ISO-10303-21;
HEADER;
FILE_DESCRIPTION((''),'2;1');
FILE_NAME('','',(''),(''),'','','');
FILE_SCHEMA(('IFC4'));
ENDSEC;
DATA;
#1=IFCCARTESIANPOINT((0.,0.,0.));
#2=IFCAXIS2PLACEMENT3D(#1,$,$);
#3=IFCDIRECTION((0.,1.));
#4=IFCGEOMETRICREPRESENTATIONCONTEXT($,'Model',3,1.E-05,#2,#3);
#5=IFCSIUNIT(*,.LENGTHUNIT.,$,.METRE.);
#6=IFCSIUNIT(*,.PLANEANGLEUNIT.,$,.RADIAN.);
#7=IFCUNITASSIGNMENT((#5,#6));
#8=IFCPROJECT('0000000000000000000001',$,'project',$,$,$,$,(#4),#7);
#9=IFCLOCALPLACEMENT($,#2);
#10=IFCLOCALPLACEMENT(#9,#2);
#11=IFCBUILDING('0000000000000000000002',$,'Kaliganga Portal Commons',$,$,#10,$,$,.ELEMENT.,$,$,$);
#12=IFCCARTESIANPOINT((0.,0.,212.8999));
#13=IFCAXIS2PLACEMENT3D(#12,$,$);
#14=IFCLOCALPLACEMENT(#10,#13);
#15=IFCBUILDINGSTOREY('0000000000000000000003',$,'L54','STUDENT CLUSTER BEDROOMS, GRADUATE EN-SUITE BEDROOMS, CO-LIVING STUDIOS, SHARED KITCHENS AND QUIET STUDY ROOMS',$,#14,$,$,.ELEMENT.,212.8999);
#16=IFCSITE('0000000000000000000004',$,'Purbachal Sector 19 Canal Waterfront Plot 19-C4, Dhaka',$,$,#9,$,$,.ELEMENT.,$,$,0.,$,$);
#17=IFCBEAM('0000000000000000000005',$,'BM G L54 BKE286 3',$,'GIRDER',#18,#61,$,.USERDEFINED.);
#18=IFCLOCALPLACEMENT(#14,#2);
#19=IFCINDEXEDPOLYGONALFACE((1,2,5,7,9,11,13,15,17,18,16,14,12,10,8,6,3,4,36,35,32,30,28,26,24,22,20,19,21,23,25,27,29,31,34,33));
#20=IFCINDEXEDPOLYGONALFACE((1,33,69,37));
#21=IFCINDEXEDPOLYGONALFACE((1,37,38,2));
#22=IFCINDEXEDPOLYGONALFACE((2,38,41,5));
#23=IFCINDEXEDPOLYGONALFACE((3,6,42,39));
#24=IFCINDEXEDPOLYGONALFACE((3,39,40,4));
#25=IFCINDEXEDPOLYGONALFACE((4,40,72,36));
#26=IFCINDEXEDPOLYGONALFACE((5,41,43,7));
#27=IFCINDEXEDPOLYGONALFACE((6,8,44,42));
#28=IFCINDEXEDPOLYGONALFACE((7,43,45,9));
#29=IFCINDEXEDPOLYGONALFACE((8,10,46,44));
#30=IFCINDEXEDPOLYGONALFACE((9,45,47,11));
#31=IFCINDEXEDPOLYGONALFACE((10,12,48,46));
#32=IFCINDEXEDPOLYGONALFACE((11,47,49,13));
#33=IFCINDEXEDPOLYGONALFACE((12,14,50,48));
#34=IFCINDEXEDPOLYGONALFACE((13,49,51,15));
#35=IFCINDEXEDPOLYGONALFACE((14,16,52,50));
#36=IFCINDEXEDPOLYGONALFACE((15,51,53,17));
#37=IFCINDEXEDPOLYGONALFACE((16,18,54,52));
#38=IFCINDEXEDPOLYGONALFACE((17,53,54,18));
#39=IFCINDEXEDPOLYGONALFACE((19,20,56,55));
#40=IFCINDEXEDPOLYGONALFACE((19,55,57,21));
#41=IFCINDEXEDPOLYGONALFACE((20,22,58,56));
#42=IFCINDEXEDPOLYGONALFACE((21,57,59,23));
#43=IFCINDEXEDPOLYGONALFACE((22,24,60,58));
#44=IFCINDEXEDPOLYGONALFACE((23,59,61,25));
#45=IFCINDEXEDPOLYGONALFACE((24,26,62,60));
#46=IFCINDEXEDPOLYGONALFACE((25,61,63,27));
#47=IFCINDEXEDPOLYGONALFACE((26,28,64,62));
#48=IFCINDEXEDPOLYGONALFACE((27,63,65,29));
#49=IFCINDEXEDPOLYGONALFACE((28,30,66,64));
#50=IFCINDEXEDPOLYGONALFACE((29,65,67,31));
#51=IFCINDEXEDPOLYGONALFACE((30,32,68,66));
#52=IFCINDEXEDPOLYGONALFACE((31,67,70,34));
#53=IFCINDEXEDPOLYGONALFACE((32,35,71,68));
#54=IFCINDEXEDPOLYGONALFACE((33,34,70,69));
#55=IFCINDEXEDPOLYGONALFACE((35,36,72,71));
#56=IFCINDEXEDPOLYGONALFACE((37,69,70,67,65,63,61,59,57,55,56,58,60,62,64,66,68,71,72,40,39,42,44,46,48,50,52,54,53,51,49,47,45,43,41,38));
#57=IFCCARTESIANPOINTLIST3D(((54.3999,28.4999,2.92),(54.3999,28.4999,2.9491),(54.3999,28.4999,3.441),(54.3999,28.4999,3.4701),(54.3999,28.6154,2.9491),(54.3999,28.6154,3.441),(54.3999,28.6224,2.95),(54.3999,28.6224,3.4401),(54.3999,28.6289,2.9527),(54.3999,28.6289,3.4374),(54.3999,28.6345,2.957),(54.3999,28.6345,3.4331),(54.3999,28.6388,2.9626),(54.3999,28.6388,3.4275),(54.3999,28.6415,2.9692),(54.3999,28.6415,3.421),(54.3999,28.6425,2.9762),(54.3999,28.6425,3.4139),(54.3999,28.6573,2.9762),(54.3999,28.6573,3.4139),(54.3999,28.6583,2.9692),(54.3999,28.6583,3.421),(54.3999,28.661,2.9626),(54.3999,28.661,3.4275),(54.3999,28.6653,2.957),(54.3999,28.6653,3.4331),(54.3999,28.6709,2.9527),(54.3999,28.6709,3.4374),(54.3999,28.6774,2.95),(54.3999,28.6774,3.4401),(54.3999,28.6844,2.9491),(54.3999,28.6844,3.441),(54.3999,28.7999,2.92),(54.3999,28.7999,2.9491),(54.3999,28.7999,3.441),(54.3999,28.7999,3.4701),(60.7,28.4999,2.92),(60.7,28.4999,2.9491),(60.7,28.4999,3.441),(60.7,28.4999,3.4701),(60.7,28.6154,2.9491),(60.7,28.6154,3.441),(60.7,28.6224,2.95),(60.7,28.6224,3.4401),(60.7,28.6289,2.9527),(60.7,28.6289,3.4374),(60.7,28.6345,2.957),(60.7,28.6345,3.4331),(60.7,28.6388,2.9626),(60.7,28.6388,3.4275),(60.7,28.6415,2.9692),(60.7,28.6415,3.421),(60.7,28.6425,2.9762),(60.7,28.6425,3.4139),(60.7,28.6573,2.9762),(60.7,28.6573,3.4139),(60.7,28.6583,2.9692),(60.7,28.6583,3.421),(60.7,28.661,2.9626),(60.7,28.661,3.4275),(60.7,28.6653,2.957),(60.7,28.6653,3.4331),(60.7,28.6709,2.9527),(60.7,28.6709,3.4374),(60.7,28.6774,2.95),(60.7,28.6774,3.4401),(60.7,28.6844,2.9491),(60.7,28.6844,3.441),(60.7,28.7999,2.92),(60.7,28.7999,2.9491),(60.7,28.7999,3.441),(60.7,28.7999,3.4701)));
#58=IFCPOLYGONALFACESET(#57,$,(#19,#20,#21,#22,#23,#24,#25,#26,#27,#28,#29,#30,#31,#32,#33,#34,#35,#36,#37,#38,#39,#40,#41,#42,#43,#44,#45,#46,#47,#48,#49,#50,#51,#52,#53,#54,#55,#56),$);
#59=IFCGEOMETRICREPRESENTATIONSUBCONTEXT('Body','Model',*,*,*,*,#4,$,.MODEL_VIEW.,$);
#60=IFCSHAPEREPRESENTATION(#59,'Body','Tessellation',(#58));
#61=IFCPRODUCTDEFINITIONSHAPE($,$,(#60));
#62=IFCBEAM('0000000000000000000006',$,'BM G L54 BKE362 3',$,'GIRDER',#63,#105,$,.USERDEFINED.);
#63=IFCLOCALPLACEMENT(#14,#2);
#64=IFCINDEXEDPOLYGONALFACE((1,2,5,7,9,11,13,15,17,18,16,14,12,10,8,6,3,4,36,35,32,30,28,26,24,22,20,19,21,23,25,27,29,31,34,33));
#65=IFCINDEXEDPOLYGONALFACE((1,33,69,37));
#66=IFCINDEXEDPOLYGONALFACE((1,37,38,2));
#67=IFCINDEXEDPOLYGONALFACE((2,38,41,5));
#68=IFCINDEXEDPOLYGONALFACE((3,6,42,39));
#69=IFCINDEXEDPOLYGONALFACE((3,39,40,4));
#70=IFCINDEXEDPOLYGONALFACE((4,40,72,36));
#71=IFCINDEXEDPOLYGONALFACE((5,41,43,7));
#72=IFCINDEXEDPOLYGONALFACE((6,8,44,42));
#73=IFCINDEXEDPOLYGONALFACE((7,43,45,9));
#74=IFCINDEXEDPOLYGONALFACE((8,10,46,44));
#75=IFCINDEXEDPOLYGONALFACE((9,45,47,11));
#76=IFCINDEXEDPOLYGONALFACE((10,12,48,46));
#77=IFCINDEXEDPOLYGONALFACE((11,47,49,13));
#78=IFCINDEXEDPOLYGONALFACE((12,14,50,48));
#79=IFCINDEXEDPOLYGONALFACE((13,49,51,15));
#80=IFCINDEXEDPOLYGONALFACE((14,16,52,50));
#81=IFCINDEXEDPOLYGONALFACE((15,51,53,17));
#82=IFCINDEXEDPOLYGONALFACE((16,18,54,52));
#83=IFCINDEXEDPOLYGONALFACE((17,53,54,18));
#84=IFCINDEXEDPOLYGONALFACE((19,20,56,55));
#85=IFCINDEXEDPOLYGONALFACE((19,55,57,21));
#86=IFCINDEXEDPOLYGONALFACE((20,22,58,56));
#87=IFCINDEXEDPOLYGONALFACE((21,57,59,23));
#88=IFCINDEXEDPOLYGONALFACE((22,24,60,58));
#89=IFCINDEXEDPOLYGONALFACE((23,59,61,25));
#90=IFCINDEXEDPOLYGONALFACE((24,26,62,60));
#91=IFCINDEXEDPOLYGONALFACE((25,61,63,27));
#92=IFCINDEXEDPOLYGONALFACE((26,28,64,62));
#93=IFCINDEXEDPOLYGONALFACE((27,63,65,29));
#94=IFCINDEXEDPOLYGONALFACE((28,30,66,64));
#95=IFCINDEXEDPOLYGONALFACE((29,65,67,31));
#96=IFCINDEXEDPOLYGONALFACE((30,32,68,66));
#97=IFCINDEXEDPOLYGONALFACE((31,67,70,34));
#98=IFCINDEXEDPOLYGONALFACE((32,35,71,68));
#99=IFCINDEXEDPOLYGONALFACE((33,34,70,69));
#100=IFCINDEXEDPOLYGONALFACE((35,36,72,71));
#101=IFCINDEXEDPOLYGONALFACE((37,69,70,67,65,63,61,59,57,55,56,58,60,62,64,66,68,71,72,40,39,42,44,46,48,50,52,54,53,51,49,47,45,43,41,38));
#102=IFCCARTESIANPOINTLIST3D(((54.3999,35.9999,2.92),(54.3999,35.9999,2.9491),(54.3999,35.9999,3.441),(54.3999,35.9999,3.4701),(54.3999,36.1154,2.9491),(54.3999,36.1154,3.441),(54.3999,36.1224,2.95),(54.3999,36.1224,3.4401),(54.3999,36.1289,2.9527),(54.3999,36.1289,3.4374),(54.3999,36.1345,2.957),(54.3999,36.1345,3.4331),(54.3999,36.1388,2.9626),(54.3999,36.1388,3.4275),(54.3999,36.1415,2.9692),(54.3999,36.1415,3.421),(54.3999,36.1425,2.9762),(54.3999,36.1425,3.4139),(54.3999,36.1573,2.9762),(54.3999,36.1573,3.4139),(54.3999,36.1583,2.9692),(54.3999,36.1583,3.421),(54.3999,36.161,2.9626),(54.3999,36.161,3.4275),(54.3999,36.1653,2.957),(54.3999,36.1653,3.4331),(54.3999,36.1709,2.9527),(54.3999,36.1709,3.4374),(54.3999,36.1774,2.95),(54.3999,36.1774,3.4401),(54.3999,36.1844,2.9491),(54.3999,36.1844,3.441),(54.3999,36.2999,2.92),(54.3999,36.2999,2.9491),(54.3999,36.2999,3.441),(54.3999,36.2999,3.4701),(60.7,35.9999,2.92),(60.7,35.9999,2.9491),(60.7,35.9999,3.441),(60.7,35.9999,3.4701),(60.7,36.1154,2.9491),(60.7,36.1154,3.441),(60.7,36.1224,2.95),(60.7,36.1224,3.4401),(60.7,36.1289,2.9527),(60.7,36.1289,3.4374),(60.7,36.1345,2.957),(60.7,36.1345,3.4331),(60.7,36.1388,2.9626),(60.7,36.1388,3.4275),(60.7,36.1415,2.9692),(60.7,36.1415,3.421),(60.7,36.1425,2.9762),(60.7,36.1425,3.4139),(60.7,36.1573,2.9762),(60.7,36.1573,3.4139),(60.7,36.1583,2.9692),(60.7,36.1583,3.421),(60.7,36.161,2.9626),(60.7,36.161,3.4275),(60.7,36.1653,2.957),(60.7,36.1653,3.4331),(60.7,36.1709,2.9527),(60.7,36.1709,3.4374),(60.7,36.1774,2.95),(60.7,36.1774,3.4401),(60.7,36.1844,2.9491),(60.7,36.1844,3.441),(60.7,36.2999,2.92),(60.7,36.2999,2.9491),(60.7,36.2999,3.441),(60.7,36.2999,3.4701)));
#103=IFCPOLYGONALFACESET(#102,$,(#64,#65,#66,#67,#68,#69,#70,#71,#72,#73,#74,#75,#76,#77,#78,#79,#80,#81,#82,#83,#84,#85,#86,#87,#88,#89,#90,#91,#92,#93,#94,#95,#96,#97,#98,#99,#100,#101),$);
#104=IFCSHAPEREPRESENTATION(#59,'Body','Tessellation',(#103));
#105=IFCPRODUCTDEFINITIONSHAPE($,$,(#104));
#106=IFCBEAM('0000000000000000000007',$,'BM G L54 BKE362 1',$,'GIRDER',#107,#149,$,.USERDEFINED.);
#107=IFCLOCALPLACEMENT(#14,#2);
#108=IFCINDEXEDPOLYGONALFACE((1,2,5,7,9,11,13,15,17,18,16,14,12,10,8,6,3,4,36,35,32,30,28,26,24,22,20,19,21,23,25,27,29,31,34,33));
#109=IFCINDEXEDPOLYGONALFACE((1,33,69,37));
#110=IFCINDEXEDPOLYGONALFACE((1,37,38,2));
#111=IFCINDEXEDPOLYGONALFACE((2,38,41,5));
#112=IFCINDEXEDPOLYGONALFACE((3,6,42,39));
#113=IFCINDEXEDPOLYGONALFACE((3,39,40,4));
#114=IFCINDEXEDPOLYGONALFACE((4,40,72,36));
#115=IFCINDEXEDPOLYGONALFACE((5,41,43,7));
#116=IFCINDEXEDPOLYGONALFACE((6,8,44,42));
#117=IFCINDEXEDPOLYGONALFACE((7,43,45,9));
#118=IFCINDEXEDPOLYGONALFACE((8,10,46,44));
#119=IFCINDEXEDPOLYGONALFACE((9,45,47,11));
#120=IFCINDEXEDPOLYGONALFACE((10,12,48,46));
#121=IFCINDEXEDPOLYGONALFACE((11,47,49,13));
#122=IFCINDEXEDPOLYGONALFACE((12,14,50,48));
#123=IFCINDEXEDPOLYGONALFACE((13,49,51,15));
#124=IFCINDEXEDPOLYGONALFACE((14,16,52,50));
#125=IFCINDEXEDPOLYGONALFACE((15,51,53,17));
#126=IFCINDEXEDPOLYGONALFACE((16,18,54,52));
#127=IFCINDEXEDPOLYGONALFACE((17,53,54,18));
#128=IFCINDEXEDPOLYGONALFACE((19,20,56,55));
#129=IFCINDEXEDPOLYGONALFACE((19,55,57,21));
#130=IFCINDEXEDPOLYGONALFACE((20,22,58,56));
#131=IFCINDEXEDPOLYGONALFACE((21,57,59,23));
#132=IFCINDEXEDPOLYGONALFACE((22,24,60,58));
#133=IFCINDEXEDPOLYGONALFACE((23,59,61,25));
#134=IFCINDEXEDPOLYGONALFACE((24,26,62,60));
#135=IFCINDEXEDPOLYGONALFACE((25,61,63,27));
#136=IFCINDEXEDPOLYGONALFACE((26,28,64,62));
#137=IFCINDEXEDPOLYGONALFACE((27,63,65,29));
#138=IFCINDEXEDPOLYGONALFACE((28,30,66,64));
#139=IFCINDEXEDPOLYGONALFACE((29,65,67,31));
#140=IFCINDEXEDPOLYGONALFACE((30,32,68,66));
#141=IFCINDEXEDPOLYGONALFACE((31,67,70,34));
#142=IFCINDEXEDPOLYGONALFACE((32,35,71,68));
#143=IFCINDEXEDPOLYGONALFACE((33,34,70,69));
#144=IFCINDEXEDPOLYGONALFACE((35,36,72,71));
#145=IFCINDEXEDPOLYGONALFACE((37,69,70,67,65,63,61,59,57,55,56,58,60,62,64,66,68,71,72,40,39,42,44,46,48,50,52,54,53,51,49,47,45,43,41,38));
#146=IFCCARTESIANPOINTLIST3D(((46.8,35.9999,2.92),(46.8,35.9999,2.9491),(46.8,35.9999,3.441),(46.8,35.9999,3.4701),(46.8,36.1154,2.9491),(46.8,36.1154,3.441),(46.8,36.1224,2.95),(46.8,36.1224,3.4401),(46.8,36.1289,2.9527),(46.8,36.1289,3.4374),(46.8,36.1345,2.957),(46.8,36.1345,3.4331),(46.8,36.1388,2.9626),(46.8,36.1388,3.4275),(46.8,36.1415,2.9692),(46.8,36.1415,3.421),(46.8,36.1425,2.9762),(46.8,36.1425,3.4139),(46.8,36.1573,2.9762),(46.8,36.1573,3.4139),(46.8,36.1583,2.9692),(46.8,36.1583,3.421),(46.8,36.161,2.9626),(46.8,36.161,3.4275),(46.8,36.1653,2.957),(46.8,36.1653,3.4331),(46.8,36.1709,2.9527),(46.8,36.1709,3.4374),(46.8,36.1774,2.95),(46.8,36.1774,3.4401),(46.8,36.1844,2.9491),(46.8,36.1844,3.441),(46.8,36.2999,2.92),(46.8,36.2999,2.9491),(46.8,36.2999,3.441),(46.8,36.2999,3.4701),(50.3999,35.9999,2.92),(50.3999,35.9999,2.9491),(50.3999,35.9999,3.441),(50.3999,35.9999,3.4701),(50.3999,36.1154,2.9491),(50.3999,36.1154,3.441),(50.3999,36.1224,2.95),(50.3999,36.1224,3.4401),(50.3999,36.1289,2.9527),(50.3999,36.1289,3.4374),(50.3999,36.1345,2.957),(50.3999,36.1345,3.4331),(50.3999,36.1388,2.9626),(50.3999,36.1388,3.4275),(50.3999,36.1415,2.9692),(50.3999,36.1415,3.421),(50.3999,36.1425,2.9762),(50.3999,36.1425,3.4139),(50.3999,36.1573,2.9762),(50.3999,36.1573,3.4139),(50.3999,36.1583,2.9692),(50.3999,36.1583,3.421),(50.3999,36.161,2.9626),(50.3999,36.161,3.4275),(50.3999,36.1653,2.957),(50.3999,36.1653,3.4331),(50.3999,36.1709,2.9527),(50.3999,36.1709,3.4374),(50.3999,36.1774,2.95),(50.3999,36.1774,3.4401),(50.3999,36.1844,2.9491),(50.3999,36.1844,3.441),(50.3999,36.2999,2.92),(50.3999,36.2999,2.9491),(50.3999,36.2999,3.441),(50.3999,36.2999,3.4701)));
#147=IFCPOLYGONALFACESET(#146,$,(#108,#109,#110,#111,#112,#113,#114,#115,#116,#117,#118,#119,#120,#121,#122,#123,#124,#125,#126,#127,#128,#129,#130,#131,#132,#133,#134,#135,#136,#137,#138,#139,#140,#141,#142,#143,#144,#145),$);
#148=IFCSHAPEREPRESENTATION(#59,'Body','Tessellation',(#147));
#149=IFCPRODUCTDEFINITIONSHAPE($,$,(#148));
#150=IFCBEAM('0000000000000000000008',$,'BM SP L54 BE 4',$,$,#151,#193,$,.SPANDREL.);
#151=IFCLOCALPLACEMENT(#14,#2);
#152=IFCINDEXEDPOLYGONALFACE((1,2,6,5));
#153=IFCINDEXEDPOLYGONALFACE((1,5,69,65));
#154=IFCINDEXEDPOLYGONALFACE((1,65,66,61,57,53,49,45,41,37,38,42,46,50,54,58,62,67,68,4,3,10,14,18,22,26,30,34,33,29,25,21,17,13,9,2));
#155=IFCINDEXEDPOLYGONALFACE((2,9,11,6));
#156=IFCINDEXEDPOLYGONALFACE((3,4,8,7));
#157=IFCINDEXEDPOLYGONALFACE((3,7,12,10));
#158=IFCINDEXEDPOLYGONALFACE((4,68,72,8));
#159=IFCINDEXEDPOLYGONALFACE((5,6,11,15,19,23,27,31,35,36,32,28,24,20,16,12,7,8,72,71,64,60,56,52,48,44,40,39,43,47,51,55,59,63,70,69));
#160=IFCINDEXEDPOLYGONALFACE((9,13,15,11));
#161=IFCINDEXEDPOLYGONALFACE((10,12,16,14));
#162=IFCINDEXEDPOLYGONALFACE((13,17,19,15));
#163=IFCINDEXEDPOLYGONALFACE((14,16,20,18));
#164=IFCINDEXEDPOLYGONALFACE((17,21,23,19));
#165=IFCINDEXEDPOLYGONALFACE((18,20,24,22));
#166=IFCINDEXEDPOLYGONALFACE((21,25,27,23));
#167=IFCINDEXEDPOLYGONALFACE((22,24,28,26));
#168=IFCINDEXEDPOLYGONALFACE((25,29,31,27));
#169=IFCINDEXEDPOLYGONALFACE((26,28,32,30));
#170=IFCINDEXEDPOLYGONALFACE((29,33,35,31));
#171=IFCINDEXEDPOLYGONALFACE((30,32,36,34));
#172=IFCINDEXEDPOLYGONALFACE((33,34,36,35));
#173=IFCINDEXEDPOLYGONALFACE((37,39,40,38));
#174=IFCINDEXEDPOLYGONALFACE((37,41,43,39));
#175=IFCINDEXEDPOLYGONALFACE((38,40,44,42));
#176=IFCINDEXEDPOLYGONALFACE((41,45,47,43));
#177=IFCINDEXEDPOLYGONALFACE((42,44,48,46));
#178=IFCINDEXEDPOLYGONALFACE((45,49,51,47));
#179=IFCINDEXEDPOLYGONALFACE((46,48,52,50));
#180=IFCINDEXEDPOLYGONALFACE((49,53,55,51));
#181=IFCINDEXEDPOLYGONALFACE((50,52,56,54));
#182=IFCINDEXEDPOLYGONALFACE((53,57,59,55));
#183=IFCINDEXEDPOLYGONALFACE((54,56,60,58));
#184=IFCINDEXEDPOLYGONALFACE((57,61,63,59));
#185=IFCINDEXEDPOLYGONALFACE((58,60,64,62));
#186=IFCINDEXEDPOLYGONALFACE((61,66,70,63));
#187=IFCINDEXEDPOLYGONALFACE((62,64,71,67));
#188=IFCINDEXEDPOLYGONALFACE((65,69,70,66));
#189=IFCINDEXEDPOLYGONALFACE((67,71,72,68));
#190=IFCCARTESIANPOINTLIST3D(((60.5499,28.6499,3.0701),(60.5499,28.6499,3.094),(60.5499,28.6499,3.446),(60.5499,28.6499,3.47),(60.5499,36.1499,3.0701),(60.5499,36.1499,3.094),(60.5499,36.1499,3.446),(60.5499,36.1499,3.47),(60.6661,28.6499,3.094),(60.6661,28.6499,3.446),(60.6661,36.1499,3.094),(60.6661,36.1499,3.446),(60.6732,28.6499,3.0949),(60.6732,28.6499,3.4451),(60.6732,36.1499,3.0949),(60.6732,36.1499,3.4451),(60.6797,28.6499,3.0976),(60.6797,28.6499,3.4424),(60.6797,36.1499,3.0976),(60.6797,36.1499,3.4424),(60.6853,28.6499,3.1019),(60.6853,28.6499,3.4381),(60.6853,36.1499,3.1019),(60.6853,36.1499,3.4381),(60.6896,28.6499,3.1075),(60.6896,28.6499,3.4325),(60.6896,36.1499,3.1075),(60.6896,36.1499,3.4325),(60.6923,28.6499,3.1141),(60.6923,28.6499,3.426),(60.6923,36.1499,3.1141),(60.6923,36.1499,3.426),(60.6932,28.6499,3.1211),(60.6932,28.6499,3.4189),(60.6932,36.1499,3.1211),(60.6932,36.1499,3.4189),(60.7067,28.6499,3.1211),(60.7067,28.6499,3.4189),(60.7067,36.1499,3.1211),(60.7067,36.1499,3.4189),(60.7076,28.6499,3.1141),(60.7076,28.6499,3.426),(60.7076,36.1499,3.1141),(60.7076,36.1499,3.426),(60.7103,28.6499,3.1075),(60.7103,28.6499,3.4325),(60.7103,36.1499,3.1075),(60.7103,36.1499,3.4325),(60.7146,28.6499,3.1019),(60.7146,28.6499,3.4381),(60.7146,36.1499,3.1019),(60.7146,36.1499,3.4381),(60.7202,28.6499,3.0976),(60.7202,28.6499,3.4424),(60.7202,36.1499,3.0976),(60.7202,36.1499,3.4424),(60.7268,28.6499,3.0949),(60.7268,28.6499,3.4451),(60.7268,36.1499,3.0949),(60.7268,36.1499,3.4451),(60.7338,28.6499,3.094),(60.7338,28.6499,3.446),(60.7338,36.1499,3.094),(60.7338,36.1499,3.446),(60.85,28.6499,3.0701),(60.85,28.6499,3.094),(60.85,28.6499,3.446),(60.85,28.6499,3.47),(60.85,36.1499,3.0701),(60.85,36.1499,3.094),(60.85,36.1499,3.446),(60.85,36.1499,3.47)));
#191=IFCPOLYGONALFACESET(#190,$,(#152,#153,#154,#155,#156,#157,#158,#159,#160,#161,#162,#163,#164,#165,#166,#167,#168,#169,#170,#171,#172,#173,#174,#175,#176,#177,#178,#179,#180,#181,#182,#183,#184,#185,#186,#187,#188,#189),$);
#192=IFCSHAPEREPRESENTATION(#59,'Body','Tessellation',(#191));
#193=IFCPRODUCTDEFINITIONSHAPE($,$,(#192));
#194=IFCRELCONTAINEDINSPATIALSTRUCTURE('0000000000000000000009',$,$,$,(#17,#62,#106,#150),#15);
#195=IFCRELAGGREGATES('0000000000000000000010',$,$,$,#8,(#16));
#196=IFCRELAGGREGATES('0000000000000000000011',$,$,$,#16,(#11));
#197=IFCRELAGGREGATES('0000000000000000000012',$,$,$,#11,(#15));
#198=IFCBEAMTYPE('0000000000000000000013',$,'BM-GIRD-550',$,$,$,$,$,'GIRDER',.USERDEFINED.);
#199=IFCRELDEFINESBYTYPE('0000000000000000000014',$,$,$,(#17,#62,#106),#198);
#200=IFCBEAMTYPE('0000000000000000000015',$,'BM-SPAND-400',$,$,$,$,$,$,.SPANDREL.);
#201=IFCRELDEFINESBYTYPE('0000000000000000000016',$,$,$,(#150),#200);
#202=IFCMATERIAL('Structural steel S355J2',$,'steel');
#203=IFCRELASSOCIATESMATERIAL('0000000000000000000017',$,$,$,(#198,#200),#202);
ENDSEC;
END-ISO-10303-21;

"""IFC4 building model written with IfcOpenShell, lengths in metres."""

from ifc_helpers import new_model, si_unit, direction, frame, origin, origin_2d, place, context, subcontext, project, spatial, i_section, extrude, source, transform, mapped, material, material_profile, profile_set, type_object, element, save


model = new_model("IFC4")

# Units and contexts
model_context = context("Model", 3, precision=1e-05, world=origin(), true_north=direction((0.0, 1.0)))
body_context = subcontext(model_context, "Body", "Model", "MODEL_VIEW")
ifc_project = project(units=[si_unit("LENGTHUNIT", "METRE"), si_unit("PLANEANGLEUNIT", "RADIAN")], contexts=[model_context])

# Site, building, storey
site_placement = place(None, origin())
site = spatial("IfcSite", under=ifc_project, at=site_placement, Name="Purbachal Sector 19 Canal Waterfront Plot 19-C4, Dhaka", CompositionType="ELEMENT", RefElevation=0.0)
building_placement = place(site_placement, origin())
building = spatial("IfcBuilding", under=site, at=building_placement, Name="Kaliganga Portal Commons", CompositionType="ELEMENT")
storey_placement = place(building_placement, frame((0.0, 0.0, 212.8999)))
storey = spatial("IfcBuildingStorey", under=building, at=storey_placement, Name="L54", Description="STUDENT CLUSTER BEDROOMS, GRADUATE EN-SUITE BEDROOMS, CO-LIVING STUDIOS, SHARED KITCHENS AND QUIET STUDY ROOMS", CompositionType="ELEMENT", Elevation=212.8999)

# Shared definitions
ifc_material_1 = material(Name="Structural steel S355J2", Category="steel")

# Beams
ifc_material_profile_1 = material_profile(ifc_material_1, i_section(OverallWidth=0.3, OverallDepth=0.55, WebThickness=0.0149, FlangeThickness=0.0291, FilletRadius=0.0271, at=origin_2d()), Name="HE 550 B")
ifc_profile_set_1 = profile_set([ifc_material_profile_1], Name="Structural steel S355J2 wide-flange")
beam_type_1 = type_object("IfcBeamType", Name="BM-GIRD-550", ElementType="GIRDER", PredefinedType="USERDEFINED", material=ifc_profile_set_1)
shared_shape_1 = source(origin(), body_context, "Body", "SweptSolid", [
    extrude(i_section(OverallWidth=0.3, OverallDepth=0.55, WebThickness=0.0149, FlangeThickness=0.0291, FilletRadius=0.0271, at=origin_2d()), origin(), (0.0, 0.0, 1.0), 6.3),
])
for number, where, z_axis, x_axis, name in (
    (1, (54.3999, 28.6499, 3.1951), (1.0, 0.0, 0.0), (0.0, 1.0, 0.0), "BM G L54 BKE286 3"),
    (2, (54.3999, 36.1499, 3.1951), (1.0, 0.0, 0.0), (0.0, 1.0, 0.0), "BM G L54 BKE362 3"),
):
    element("IfcBeam", number, at=place(storey_placement, frame(where, z_axis=z_axis, x_axis=x_axis)), inside=storey, type_object=beam_type_1, Name=name, ObjectType="GIRDER", PredefinedType="USERDEFINED", context=body_context, shape_type="MappedRepresentation", body=[
        mapped(shared_shape_1, transform((0.0, 0.0, 0.0), x_axis=(1.0, 0.0, 0.0), y_axis=(0.0, 1.0, 0.0), z_axis=(0.0, 0.0, 1.0), scale=1.0)),
    ])
shared_shape_2 = source(origin(), body_context, "Body", "SweptSolid", [
    extrude(i_section(OverallWidth=0.3, OverallDepth=0.55, WebThickness=0.0149, FlangeThickness=0.0291, FilletRadius=0.0271, at=origin_2d()), origin(), (0.0, 0.0, 1.0), 3.5999),
])
beam_1_placement = place(storey_placement, frame((46.8, 36.1499, 3.1951), z_axis=(1.0, 0.0, 0.0), x_axis=(0.0, 1.0, 0.0)))
element("IfcBeam", 3, at=beam_1_placement, inside=storey, type_object=beam_type_1, Name="BM G L54 BKE362 1", ObjectType="GIRDER", PredefinedType="USERDEFINED", context=body_context, shape_type="MappedRepresentation", body=[
    mapped(shared_shape_2, transform((0.0, 0.0, 0.0), x_axis=(1.0, 0.0, 0.0), y_axis=(0.0, 1.0, 0.0), z_axis=(0.0, 0.0, 1.0), scale=1.0)),
])
ifc_material_profile_2 = material_profile(ifc_material_1, i_section(OverallWidth=0.3, OverallDepth=0.3999, WebThickness=0.0134, FlangeThickness=0.0239, FilletRadius=0.0271, at=origin_2d()), Name="HE 400 B")
ifc_profile_set_2 = profile_set([ifc_material_profile_2], Name="Structural steel S355J2 wide-flange")
beam_type_2 = type_object("IfcBeamType", Name="BM-SPAND-400", PredefinedType="SPANDREL", material=ifc_profile_set_2)
shared_shape_3 = source(origin(), body_context, "Body", "SweptSolid", [
    extrude(i_section(OverallWidth=0.3, OverallDepth=0.3999, WebThickness=0.0134, FlangeThickness=0.0239, FilletRadius=0.0271, at=origin_2d()), origin(), (0.0, 0.0, 1.0), 7.5),
])
beam_2_placement = place(storey_placement, frame((60.7, 28.6499, 3.27), z_axis=(0.0, 1.0, 0.0), x_axis=(-1.0, 0.0, 0.0)))
element("IfcBeam", 4, at=beam_2_placement, inside=storey, type_object=beam_type_2, Name="BM SP L54 BE 4", PredefinedType="SPANDREL", context=body_context, shape_type="MappedRepresentation", body=[
    mapped(shared_shape_3, transform((0.0, 0.0, 0.0), x_axis=(1.0, 0.0, 0.0), y_axis=(0.0, 1.0, 0.0), z_axis=(0.0, 0.0, 1.0), scale=1.0)),
])

save(model, "model.ifc")
